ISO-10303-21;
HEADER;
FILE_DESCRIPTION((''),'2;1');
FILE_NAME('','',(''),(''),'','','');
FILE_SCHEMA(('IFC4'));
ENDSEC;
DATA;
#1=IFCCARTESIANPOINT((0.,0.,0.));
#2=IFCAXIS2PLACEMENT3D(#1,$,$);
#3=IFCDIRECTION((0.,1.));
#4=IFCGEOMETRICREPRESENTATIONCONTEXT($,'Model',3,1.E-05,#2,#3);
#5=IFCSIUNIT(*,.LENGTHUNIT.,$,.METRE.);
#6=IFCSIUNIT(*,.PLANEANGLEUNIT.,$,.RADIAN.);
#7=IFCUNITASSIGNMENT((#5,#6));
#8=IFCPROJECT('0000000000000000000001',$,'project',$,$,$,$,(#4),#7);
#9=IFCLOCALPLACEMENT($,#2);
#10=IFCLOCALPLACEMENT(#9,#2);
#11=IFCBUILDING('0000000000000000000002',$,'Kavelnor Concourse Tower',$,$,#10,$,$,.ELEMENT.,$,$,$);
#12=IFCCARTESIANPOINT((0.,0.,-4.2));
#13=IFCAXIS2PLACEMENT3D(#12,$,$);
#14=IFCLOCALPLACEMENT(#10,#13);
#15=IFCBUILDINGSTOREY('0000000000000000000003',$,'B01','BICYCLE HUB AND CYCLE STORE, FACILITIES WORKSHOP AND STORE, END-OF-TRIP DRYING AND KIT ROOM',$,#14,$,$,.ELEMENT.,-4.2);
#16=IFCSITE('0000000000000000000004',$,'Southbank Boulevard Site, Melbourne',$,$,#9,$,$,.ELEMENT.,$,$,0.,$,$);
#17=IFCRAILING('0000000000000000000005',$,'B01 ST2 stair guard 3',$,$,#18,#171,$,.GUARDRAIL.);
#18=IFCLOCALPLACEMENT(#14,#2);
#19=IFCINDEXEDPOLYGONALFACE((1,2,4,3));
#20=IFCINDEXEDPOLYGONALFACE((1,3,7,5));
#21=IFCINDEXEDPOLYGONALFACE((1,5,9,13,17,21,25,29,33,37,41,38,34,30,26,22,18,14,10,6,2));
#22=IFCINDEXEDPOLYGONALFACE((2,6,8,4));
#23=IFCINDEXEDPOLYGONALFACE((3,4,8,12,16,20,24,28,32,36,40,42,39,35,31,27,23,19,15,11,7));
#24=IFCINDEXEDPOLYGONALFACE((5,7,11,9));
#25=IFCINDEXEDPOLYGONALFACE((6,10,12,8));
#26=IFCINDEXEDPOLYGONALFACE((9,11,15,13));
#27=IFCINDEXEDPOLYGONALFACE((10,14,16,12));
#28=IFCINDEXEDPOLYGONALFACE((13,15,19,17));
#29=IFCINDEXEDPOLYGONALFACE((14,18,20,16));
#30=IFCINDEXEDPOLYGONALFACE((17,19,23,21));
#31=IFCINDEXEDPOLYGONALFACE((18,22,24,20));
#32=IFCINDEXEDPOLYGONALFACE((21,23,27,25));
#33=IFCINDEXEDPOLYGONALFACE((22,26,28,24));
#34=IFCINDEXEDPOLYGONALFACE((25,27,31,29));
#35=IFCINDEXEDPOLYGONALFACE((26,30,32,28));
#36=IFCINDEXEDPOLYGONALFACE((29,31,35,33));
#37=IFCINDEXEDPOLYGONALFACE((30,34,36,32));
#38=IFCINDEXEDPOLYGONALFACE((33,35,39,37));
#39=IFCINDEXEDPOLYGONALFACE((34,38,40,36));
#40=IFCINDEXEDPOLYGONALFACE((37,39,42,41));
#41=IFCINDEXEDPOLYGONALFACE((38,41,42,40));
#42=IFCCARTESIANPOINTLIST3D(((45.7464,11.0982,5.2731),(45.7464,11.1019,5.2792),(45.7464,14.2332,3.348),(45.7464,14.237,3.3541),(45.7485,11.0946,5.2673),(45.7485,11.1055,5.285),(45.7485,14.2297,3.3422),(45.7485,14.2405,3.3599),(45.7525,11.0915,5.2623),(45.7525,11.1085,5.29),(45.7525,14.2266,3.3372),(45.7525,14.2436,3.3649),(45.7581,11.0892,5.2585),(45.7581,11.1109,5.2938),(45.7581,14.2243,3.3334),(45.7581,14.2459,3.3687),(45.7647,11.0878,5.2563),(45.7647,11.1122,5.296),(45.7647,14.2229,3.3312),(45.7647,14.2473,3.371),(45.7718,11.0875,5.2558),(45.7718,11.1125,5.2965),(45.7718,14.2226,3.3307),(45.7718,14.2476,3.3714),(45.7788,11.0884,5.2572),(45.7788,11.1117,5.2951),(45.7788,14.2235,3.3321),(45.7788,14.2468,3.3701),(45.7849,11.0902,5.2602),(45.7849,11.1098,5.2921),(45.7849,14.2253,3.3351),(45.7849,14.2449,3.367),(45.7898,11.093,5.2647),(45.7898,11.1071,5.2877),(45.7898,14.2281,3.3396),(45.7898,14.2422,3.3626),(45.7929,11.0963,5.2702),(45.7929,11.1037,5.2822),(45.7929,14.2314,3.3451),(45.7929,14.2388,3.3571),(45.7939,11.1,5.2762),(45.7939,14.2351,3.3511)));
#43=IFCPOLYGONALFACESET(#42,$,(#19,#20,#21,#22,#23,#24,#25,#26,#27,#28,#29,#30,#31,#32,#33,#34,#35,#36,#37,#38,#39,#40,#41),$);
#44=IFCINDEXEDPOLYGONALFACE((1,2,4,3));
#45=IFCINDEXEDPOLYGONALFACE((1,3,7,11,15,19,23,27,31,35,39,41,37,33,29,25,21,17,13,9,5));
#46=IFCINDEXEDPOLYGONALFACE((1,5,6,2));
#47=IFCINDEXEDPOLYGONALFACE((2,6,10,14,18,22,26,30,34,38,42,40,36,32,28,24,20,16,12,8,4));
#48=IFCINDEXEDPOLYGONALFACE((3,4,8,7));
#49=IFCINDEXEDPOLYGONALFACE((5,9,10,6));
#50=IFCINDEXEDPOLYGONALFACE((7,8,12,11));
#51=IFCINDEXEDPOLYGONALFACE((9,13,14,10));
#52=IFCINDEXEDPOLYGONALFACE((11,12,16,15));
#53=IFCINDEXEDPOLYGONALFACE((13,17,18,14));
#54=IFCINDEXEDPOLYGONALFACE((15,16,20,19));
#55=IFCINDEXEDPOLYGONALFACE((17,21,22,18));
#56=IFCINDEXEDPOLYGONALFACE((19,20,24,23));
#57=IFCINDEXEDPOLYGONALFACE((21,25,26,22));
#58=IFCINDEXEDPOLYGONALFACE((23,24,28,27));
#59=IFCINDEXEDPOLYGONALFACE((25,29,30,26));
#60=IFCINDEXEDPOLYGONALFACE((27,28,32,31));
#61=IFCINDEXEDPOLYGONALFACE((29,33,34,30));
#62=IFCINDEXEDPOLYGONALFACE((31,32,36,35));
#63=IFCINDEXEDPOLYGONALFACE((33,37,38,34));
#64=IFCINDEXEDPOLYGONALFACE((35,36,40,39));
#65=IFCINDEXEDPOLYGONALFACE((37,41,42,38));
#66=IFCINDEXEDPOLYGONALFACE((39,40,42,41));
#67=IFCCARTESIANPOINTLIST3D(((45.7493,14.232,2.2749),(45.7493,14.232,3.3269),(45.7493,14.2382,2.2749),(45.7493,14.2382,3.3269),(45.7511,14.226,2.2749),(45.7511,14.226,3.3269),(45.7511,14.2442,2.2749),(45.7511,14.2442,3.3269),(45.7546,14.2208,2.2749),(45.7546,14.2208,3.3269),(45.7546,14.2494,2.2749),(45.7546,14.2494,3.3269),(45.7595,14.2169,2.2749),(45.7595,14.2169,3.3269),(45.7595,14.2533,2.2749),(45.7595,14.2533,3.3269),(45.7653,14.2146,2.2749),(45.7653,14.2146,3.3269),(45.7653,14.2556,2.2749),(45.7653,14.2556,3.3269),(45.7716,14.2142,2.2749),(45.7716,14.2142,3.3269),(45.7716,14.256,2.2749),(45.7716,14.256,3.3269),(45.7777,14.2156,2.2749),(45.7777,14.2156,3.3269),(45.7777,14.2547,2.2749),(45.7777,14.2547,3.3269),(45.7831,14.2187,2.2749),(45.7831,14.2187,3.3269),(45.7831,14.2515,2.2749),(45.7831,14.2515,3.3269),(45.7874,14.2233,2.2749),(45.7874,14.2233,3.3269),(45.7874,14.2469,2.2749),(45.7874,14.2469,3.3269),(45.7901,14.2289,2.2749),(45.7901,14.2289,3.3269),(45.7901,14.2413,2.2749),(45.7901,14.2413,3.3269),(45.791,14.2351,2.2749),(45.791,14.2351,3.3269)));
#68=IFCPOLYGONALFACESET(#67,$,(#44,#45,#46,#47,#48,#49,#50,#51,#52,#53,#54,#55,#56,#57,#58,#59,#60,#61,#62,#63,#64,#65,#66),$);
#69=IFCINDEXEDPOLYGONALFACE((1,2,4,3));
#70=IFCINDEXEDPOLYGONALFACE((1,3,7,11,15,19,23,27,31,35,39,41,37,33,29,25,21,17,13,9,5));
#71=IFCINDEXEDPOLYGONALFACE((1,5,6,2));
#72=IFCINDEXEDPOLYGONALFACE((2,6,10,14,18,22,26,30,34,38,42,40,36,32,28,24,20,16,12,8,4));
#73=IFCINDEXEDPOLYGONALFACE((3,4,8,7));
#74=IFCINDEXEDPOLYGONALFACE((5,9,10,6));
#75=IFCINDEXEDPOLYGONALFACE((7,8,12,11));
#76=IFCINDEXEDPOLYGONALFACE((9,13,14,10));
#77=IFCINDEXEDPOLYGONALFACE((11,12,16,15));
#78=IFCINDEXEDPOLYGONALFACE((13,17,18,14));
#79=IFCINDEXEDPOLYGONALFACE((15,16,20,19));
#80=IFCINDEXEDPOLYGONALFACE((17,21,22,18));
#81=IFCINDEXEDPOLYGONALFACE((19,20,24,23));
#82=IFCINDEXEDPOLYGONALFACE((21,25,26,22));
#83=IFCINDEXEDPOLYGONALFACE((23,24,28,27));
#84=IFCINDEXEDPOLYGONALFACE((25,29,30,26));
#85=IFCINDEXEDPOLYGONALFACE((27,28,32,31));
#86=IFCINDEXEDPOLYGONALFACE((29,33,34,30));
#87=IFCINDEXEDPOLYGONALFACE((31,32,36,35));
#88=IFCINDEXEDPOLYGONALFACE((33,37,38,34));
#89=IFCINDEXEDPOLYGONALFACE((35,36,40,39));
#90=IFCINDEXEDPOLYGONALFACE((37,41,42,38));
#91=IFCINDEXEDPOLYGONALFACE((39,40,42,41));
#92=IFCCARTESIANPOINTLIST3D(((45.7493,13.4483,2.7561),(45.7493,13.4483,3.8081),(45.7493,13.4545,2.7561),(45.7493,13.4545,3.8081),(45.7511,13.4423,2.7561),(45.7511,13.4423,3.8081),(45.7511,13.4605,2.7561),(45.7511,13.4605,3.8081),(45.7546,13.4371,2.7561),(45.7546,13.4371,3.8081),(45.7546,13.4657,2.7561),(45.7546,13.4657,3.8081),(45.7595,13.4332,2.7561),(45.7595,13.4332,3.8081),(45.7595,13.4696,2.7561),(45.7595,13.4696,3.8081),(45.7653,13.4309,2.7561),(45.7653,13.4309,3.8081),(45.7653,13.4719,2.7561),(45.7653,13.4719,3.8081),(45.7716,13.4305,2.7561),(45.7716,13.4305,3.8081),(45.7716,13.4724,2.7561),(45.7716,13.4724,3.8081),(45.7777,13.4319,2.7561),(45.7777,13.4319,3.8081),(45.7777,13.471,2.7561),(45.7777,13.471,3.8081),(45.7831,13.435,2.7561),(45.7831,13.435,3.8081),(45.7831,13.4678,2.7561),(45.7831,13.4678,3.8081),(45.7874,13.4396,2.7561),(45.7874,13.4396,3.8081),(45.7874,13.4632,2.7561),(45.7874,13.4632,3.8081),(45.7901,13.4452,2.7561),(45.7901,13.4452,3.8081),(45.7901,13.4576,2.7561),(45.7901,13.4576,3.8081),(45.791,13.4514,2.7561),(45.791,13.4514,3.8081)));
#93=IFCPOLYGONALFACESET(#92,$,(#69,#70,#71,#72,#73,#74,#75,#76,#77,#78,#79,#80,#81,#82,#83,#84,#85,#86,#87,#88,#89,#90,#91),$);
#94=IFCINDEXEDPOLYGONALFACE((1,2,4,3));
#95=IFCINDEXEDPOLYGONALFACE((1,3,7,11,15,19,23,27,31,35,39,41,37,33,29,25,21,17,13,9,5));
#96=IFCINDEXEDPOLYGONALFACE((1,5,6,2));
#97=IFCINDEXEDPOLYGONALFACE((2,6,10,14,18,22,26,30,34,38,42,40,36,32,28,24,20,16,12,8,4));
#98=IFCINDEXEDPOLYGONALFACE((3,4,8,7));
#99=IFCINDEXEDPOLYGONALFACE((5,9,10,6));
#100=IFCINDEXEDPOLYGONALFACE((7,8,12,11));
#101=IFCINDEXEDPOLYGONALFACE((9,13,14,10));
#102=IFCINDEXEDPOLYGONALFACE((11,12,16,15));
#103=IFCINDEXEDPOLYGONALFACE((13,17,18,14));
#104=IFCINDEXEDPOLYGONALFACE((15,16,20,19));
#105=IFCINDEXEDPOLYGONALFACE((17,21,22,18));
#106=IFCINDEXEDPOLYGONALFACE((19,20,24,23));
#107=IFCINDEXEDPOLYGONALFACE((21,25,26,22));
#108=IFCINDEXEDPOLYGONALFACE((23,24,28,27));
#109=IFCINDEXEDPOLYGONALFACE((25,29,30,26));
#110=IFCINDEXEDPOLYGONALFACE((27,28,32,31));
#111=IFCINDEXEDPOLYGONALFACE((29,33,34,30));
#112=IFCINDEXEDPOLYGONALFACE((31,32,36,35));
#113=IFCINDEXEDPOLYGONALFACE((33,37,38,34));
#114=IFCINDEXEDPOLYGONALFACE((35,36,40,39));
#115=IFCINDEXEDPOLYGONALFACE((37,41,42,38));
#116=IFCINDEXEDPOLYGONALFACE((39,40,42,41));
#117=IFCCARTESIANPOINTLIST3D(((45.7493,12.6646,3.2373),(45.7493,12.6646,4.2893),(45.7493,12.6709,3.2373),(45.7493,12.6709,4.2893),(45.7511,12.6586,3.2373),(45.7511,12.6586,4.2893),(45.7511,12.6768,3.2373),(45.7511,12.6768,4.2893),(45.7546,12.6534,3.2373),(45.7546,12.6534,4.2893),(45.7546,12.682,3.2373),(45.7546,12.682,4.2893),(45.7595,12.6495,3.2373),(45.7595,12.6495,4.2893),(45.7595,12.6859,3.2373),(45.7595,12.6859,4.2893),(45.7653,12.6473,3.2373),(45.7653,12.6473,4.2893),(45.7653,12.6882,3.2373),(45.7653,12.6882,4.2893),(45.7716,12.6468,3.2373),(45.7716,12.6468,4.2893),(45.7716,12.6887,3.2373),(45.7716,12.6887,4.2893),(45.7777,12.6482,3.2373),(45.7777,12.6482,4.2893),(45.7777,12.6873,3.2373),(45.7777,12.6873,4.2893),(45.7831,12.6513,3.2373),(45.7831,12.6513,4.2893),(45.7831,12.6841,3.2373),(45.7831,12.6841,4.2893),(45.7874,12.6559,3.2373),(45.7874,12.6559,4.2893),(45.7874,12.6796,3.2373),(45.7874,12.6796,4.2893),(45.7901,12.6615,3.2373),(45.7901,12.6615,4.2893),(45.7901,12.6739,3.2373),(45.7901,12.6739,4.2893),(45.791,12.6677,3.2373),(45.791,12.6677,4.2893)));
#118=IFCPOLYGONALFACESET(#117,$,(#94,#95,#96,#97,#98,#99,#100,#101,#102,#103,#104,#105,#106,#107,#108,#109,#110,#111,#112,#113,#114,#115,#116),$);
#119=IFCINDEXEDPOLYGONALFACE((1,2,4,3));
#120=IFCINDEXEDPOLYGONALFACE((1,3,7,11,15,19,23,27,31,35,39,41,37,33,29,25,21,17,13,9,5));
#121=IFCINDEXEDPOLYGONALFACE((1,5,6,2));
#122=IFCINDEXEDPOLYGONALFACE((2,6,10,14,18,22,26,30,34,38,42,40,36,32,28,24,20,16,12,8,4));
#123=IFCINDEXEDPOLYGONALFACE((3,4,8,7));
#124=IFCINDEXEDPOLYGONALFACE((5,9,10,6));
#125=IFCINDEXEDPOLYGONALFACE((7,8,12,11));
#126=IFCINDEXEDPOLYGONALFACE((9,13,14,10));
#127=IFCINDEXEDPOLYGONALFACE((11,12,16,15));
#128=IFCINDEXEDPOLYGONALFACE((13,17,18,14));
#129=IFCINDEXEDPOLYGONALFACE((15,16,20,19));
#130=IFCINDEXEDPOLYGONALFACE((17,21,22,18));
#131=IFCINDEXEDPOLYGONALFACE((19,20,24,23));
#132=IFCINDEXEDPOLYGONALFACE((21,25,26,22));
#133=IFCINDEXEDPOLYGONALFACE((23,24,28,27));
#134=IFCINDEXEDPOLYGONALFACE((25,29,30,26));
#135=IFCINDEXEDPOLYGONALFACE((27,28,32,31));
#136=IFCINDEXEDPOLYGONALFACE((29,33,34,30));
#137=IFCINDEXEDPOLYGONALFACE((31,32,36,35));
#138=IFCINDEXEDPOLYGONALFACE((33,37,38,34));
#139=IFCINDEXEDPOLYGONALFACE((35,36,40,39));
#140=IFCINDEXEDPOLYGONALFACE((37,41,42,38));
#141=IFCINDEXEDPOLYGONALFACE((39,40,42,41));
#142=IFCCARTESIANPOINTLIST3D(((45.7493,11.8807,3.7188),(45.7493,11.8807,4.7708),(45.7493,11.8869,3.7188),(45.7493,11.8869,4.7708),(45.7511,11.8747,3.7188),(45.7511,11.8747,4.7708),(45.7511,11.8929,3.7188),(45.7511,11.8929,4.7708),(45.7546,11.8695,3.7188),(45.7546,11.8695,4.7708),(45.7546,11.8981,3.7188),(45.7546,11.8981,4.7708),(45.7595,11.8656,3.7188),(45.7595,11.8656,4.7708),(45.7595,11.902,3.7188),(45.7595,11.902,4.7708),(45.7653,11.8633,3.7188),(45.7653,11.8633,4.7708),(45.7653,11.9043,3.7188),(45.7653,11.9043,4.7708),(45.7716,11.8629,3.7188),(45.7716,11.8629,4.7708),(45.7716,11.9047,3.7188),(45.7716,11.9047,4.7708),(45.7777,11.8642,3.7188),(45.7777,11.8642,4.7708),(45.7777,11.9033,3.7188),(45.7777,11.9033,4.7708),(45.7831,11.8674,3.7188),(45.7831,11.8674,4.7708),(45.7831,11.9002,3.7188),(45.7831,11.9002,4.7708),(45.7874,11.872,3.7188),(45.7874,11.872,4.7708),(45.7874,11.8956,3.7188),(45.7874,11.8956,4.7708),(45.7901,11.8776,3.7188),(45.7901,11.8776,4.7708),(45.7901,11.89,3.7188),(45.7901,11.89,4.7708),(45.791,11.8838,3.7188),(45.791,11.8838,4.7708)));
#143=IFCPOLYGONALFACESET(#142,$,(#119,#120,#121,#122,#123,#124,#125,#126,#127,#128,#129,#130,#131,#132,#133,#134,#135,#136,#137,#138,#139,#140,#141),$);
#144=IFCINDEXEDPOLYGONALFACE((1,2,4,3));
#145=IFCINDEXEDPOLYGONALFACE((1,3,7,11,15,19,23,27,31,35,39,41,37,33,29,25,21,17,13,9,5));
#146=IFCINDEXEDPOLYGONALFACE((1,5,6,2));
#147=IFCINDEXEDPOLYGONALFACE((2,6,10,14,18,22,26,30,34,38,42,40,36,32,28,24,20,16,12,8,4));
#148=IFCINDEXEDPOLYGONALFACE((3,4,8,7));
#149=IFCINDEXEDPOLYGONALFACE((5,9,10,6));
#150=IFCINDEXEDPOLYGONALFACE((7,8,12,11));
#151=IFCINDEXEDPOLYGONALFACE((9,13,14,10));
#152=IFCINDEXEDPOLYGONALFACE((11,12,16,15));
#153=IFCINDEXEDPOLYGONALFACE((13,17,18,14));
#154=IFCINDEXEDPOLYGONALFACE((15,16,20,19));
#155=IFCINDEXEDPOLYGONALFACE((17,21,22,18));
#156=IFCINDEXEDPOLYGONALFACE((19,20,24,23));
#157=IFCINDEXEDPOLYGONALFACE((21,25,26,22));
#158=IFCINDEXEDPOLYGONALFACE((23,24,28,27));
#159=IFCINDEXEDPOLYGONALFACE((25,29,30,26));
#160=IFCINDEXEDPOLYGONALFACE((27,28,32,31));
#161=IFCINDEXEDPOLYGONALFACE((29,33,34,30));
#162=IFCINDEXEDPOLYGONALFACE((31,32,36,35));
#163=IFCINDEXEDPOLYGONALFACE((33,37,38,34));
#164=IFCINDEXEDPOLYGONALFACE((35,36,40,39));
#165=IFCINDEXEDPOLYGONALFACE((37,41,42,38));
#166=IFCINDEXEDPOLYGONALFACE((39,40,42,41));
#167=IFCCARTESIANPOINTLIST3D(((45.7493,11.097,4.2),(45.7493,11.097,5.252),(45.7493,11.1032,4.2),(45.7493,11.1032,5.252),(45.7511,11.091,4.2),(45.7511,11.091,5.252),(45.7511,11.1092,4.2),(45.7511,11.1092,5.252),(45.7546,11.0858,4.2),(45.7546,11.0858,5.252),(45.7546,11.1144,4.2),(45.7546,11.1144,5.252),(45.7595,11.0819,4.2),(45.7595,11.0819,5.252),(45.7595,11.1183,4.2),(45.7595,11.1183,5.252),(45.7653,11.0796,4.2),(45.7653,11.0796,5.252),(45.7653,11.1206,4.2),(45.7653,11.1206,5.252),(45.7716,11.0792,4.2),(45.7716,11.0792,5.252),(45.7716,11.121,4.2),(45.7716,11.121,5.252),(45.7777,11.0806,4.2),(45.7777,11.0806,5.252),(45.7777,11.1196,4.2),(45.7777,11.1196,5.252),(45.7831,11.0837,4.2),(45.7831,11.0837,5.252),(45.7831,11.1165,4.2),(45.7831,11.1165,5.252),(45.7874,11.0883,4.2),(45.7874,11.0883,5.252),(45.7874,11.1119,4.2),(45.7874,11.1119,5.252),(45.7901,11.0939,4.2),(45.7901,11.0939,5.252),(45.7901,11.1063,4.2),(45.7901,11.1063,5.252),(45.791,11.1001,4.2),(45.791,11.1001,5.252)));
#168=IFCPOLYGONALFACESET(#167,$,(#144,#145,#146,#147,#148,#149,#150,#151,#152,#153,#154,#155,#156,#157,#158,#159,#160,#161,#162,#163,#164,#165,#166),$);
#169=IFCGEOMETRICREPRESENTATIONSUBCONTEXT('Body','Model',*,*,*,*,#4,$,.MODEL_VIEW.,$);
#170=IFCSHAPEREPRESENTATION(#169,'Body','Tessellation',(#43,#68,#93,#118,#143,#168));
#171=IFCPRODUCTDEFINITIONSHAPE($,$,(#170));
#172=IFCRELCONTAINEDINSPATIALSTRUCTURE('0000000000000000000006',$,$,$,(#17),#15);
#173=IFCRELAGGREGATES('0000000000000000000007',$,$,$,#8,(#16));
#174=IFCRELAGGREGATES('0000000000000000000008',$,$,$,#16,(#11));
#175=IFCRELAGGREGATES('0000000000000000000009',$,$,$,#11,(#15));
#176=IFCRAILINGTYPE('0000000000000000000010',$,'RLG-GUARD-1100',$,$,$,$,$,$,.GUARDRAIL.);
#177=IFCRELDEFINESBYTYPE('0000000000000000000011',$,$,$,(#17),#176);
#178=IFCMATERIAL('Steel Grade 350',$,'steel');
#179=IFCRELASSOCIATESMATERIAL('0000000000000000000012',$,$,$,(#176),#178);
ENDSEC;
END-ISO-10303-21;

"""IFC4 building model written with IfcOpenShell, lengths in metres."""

from ifc_helpers import new_model, si_unit, direction, frame, origin, origin_2d, place, context, subcontext, project, spatial, circle, extrude, material, type_object, element, save


model = new_model("IFC4")

# Units and contexts
model_context = context("Model", 3, precision=1e-05, world=origin(), true_north=direction((0.0, 1.0)))
body_context = subcontext(model_context, "Body", "Model", "MODEL_VIEW")
ifc_project = project(units=[si_unit("LENGTHUNIT", "METRE"), si_unit("PLANEANGLEUNIT", "RADIAN")], contexts=[model_context])

# Site, building, storey
site_placement = place(None, origin())
site = spatial("IfcSite", under=ifc_project, at=site_placement, Name="Southbank Boulevard Site, Melbourne", CompositionType="ELEMENT", RefElevation=0.0)
building_placement = place(site_placement, origin())
building = spatial("IfcBuilding", under=site, at=building_placement, Name="Kavelnor Concourse Tower", CompositionType="ELEMENT")
storey_placement = place(building_placement, frame((0.0, 0.0, -4.2)))
storey = spatial("IfcBuildingStorey", under=building, at=storey_placement, Name="B01", Description="BICYCLE HUB AND CYCLE STORE, FACILITIES WORKSHOP AND STORE, END-OF-TRIP DRYING AND KIT ROOM", CompositionType="ELEMENT", Elevation=-4.2)

# Shared definitions
ifc_material_1 = material(Name="Steel Grade 350", Category="steel")

# Railing
railing_type_1 = type_object("IfcRailingType", Name="RLG-GUARD-1100", PredefinedType="GUARDRAIL", material=ifc_material_1)
railing_1_placement = place(storey_placement, frame((45.77, 14.2351, 2.2749)))
element("IfcRailing", 1, at=railing_1_placement, inside=storey, type_object=railing_type_1, Name="B01 ST2 stair guard 3", PredefinedType="GUARDRAIL", context=body_context, shape_type="SweptSolid", body=[
    extrude(circle(Radius=0.0239, at=origin_2d()), frame((0.0, 0.0, 1.0762), z_axis=(0.0, -0.852166, 0.523271), x_axis=(1.0, 0.0, 0.0)), (0.0, 0.0, 1.0), 3.679),
    extrude(circle(Radius=0.021, at=origin_2d()), origin(), (0.0, 0.0, 1.0), 1.052),
    extrude(circle(Radius=0.021, at=origin_2d()), frame((0.0, -0.7837, 0.4812)), (0.0, 0.0, 1.0), 1.052),
    extrude(circle(Radius=0.021, at=origin_2d()), frame((0.0, -1.5674, 0.9624)), (0.0, 0.0, 1.0), 1.052),
    extrude(circle(Radius=0.021, at=origin_2d()), frame((0.0, -2.3513, 1.4438)), (0.0, 0.0, 1.0), 1.052),
    extrude(circle(Radius=0.021, at=origin_2d()), frame((0.0, -3.135, 1.925)), (0.0, 0.0, 1.0), 1.052),
])

save(model, "model.ifc")
